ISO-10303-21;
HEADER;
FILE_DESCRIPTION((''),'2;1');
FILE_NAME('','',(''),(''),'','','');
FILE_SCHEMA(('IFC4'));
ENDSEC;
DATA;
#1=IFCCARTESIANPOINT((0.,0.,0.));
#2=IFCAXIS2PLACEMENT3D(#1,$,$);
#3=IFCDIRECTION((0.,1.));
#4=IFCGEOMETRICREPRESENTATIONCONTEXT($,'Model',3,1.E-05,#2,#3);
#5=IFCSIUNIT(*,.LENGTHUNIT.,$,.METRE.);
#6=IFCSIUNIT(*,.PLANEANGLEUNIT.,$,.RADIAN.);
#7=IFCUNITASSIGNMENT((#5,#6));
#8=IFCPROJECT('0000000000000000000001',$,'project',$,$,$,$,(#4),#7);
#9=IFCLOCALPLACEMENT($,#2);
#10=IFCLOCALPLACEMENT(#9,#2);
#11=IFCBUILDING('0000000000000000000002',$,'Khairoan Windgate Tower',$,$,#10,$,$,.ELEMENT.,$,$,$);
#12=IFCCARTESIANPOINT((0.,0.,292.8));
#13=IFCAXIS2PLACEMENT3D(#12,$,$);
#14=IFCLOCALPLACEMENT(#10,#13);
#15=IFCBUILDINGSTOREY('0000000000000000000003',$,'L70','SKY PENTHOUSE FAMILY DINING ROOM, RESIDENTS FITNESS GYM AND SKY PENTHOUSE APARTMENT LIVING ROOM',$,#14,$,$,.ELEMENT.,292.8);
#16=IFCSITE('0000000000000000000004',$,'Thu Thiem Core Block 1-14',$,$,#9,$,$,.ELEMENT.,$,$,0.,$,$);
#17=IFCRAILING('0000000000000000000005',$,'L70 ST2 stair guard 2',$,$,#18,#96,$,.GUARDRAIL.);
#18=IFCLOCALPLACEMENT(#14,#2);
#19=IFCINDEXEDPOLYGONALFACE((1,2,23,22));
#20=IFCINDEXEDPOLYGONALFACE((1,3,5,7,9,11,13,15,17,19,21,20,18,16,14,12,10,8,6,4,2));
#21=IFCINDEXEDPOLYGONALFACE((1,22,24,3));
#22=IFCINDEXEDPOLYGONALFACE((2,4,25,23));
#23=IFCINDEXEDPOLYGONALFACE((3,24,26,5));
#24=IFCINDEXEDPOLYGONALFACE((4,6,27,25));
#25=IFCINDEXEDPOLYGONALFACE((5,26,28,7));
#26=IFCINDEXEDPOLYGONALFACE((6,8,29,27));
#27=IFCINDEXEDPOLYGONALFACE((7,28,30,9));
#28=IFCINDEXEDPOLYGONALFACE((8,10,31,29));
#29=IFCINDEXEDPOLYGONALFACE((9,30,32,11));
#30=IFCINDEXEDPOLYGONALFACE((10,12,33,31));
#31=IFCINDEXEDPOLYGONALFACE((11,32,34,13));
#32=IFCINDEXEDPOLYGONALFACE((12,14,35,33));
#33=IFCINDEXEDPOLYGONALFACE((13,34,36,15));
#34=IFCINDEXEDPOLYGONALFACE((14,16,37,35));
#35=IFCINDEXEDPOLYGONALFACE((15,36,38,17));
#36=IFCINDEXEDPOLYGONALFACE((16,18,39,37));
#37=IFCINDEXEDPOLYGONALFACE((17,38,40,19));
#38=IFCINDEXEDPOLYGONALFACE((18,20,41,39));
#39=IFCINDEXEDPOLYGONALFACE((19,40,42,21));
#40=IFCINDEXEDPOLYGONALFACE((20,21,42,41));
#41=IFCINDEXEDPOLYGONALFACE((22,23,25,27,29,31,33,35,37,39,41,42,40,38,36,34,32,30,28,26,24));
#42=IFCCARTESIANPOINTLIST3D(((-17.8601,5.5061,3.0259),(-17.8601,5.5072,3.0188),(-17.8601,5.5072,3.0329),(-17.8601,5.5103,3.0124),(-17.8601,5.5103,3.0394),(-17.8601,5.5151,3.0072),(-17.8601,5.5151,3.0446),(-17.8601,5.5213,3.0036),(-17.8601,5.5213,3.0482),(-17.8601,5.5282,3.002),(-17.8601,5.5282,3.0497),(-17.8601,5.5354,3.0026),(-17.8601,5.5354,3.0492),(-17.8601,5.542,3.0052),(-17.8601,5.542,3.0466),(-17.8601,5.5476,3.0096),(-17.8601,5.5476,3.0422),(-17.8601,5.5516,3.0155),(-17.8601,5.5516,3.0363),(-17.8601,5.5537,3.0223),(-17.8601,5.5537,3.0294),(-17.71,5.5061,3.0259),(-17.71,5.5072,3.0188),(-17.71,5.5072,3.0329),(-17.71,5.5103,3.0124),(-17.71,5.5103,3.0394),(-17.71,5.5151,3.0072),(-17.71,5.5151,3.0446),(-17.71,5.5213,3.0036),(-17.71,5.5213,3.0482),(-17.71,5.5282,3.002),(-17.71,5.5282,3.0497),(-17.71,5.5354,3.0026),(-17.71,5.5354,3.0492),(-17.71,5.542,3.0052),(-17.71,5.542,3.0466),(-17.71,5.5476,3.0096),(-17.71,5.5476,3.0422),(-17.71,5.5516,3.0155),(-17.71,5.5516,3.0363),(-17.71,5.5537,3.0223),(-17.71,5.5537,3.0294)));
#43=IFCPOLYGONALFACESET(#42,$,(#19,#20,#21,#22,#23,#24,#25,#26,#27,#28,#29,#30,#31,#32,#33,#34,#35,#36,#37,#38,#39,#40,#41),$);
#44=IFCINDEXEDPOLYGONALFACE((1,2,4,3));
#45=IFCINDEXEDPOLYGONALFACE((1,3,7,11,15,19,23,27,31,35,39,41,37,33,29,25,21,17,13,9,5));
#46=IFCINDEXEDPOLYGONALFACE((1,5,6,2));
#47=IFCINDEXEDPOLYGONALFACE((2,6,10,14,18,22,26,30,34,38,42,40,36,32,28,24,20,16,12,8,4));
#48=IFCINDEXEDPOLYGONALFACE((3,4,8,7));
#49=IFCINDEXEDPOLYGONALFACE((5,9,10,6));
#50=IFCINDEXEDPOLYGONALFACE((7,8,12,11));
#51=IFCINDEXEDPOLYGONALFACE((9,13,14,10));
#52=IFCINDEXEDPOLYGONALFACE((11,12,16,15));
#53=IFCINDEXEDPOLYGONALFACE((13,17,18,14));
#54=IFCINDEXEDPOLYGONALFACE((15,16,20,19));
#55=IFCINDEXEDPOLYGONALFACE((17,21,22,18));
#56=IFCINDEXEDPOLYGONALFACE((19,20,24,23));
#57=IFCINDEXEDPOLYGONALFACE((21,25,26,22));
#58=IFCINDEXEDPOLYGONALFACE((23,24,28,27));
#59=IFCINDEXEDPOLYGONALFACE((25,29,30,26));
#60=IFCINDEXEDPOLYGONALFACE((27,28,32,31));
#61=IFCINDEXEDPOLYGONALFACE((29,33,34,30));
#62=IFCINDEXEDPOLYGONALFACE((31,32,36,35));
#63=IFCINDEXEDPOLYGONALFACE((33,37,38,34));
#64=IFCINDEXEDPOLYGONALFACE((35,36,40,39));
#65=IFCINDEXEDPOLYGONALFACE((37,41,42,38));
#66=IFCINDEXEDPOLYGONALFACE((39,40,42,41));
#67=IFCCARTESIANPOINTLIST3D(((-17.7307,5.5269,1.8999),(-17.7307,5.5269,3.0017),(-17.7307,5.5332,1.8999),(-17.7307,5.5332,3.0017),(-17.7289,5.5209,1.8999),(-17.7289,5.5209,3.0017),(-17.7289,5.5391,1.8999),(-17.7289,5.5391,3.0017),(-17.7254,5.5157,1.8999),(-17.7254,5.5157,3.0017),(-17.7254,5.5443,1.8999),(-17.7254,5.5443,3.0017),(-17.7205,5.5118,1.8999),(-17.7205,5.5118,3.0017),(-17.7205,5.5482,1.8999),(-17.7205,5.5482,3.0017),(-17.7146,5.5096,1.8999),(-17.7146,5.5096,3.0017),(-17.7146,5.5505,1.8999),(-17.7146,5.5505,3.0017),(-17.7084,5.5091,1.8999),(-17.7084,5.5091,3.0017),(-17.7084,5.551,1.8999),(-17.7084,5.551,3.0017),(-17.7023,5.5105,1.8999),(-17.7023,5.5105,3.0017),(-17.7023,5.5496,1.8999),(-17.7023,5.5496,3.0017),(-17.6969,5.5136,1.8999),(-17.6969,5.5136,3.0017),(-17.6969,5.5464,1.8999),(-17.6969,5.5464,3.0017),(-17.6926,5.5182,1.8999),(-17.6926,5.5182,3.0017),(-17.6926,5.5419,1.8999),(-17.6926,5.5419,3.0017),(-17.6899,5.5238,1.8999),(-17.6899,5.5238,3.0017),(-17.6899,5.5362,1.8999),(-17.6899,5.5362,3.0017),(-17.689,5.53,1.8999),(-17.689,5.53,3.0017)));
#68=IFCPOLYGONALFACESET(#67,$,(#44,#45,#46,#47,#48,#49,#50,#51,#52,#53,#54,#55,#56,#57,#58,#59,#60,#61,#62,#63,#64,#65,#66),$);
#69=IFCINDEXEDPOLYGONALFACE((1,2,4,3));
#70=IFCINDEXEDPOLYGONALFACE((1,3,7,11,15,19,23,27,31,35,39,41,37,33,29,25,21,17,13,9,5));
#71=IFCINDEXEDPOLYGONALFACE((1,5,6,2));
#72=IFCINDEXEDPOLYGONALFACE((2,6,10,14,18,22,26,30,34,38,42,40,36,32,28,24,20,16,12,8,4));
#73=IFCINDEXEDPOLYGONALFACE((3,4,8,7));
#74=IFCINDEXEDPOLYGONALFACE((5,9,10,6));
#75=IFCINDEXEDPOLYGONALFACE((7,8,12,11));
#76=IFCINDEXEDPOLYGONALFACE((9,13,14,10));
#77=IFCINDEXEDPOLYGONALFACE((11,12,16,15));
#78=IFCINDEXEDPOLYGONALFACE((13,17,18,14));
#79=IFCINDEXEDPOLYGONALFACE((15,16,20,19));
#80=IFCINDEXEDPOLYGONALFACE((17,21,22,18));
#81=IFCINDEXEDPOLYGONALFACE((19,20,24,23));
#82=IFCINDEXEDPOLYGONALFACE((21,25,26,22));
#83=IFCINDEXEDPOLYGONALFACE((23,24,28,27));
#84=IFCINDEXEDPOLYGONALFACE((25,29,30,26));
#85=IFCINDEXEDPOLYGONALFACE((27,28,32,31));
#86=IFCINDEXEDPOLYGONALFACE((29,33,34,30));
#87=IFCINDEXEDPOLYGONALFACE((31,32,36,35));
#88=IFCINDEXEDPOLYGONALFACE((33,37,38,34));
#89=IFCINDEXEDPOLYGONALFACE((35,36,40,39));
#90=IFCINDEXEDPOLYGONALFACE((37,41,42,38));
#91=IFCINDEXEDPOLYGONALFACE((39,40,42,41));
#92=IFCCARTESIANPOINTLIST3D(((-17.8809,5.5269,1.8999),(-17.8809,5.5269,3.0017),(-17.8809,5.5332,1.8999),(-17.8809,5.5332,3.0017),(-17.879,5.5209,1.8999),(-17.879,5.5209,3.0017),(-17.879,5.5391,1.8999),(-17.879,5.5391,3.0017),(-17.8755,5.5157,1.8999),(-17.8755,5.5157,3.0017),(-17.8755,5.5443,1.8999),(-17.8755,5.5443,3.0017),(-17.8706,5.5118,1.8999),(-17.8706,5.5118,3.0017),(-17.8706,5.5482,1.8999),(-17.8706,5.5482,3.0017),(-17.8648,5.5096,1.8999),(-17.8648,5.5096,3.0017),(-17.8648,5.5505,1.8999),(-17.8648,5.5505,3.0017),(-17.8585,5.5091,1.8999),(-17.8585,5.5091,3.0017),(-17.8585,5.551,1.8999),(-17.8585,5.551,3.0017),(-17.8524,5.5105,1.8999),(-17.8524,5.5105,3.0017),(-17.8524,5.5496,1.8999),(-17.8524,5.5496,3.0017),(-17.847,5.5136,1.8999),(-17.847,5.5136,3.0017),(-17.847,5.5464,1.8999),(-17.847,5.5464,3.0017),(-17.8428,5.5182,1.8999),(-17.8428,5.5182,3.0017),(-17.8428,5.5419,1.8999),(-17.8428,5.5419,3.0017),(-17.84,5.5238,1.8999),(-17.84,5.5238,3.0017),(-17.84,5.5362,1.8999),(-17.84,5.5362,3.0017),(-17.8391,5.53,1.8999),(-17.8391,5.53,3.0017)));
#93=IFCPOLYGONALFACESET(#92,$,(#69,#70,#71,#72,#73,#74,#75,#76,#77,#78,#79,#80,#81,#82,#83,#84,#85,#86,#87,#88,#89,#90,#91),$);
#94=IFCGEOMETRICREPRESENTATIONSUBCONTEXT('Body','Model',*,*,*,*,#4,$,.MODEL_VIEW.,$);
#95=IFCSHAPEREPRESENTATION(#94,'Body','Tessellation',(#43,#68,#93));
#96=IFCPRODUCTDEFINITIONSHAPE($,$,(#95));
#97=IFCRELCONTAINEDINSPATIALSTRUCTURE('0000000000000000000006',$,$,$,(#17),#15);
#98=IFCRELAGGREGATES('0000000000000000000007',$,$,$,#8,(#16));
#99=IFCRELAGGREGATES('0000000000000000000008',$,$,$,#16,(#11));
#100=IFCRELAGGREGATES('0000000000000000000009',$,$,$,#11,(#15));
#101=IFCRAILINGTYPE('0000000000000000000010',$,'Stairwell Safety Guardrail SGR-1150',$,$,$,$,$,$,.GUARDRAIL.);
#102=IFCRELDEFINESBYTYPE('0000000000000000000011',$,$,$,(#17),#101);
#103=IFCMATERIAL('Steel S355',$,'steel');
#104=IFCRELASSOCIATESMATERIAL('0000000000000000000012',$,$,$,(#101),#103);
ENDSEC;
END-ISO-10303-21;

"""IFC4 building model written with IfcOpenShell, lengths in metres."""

from ifc_helpers import new_model, si_unit, direction, frame, origin, origin_2d, place, context, subcontext, project, spatial, circle, extrude, material, type_object, element, save


model = new_model("IFC4")

# Units and contexts
model_context = context("Model", 3, precision=1e-05, world=origin(), true_north=direction((0.0, 1.0)))
body_context = subcontext(model_context, "Body", "Model", "MODEL_VIEW")
ifc_project = project(units=[si_unit("LENGTHUNIT", "METRE"), si_unit("PLANEANGLEUNIT", "RADIAN")], contexts=[model_context])

# Site, building, storey
site_placement = place(None, origin())
site = spatial("IfcSite", under=ifc_project, at=site_placement, Name="Thu Thiem Core Block 1-14", CompositionType="ELEMENT", RefElevation=0.0)
building_placement = place(site_placement, origin())
building = spatial("IfcBuilding", under=site, at=building_placement, Name="Khairoan Windgate Tower", CompositionType="ELEMENT")
storey_placement = place(building_placement, frame((0.0, 0.0, 292.8)))
storey = spatial("IfcBuildingStorey", under=building, at=storey_placement, Name="L70", Description="SKY PENTHOUSE FAMILY DINING ROOM, RESIDENTS FITNESS GYM AND SKY PENTHOUSE APARTMENT LIVING ROOM", CompositionType="ELEMENT", Elevation=292.8)

# Railing
ifc_material_1 = material(Name="Steel S355", Category="steel")
railing_type_1 = type_object("IfcRailingType", Name="Stairwell Safety Guardrail SGR-1150", PredefinedType="GUARDRAIL", material=ifc_material_1)
railing_1_placement = place(storey_placement, frame((-17.71, 5.53, 1.8999)))
element("IfcRailing", 1, at=railing_1_placement, inside=storey, type_object=railing_type_1, Name="L70 ST2 stair guard 2", PredefinedType="GUARDRAIL", context=body_context, shape_type="SweptSolid", body=[
    extrude(circle(Radius=0.0239, at=origin_2d()), frame((0.0, 0.0, 1.126), z_axis=(-1.0, 0.0, 0.0), x_axis=(0.0, -1.0, 0.0)), (0.0, 0.0, 1.0), 0.1501),
    extrude(circle(Radius=0.021, at=origin_2d()), origin(), (0.0, 0.0, 1.0), 1.1018),
    extrude(circle(Radius=0.021, at=origin_2d()), frame((-0.1501, 0.0, 0.0)), (0.0, 0.0, 1.0), 1.1018),
])

save(model, "model.ifc")
